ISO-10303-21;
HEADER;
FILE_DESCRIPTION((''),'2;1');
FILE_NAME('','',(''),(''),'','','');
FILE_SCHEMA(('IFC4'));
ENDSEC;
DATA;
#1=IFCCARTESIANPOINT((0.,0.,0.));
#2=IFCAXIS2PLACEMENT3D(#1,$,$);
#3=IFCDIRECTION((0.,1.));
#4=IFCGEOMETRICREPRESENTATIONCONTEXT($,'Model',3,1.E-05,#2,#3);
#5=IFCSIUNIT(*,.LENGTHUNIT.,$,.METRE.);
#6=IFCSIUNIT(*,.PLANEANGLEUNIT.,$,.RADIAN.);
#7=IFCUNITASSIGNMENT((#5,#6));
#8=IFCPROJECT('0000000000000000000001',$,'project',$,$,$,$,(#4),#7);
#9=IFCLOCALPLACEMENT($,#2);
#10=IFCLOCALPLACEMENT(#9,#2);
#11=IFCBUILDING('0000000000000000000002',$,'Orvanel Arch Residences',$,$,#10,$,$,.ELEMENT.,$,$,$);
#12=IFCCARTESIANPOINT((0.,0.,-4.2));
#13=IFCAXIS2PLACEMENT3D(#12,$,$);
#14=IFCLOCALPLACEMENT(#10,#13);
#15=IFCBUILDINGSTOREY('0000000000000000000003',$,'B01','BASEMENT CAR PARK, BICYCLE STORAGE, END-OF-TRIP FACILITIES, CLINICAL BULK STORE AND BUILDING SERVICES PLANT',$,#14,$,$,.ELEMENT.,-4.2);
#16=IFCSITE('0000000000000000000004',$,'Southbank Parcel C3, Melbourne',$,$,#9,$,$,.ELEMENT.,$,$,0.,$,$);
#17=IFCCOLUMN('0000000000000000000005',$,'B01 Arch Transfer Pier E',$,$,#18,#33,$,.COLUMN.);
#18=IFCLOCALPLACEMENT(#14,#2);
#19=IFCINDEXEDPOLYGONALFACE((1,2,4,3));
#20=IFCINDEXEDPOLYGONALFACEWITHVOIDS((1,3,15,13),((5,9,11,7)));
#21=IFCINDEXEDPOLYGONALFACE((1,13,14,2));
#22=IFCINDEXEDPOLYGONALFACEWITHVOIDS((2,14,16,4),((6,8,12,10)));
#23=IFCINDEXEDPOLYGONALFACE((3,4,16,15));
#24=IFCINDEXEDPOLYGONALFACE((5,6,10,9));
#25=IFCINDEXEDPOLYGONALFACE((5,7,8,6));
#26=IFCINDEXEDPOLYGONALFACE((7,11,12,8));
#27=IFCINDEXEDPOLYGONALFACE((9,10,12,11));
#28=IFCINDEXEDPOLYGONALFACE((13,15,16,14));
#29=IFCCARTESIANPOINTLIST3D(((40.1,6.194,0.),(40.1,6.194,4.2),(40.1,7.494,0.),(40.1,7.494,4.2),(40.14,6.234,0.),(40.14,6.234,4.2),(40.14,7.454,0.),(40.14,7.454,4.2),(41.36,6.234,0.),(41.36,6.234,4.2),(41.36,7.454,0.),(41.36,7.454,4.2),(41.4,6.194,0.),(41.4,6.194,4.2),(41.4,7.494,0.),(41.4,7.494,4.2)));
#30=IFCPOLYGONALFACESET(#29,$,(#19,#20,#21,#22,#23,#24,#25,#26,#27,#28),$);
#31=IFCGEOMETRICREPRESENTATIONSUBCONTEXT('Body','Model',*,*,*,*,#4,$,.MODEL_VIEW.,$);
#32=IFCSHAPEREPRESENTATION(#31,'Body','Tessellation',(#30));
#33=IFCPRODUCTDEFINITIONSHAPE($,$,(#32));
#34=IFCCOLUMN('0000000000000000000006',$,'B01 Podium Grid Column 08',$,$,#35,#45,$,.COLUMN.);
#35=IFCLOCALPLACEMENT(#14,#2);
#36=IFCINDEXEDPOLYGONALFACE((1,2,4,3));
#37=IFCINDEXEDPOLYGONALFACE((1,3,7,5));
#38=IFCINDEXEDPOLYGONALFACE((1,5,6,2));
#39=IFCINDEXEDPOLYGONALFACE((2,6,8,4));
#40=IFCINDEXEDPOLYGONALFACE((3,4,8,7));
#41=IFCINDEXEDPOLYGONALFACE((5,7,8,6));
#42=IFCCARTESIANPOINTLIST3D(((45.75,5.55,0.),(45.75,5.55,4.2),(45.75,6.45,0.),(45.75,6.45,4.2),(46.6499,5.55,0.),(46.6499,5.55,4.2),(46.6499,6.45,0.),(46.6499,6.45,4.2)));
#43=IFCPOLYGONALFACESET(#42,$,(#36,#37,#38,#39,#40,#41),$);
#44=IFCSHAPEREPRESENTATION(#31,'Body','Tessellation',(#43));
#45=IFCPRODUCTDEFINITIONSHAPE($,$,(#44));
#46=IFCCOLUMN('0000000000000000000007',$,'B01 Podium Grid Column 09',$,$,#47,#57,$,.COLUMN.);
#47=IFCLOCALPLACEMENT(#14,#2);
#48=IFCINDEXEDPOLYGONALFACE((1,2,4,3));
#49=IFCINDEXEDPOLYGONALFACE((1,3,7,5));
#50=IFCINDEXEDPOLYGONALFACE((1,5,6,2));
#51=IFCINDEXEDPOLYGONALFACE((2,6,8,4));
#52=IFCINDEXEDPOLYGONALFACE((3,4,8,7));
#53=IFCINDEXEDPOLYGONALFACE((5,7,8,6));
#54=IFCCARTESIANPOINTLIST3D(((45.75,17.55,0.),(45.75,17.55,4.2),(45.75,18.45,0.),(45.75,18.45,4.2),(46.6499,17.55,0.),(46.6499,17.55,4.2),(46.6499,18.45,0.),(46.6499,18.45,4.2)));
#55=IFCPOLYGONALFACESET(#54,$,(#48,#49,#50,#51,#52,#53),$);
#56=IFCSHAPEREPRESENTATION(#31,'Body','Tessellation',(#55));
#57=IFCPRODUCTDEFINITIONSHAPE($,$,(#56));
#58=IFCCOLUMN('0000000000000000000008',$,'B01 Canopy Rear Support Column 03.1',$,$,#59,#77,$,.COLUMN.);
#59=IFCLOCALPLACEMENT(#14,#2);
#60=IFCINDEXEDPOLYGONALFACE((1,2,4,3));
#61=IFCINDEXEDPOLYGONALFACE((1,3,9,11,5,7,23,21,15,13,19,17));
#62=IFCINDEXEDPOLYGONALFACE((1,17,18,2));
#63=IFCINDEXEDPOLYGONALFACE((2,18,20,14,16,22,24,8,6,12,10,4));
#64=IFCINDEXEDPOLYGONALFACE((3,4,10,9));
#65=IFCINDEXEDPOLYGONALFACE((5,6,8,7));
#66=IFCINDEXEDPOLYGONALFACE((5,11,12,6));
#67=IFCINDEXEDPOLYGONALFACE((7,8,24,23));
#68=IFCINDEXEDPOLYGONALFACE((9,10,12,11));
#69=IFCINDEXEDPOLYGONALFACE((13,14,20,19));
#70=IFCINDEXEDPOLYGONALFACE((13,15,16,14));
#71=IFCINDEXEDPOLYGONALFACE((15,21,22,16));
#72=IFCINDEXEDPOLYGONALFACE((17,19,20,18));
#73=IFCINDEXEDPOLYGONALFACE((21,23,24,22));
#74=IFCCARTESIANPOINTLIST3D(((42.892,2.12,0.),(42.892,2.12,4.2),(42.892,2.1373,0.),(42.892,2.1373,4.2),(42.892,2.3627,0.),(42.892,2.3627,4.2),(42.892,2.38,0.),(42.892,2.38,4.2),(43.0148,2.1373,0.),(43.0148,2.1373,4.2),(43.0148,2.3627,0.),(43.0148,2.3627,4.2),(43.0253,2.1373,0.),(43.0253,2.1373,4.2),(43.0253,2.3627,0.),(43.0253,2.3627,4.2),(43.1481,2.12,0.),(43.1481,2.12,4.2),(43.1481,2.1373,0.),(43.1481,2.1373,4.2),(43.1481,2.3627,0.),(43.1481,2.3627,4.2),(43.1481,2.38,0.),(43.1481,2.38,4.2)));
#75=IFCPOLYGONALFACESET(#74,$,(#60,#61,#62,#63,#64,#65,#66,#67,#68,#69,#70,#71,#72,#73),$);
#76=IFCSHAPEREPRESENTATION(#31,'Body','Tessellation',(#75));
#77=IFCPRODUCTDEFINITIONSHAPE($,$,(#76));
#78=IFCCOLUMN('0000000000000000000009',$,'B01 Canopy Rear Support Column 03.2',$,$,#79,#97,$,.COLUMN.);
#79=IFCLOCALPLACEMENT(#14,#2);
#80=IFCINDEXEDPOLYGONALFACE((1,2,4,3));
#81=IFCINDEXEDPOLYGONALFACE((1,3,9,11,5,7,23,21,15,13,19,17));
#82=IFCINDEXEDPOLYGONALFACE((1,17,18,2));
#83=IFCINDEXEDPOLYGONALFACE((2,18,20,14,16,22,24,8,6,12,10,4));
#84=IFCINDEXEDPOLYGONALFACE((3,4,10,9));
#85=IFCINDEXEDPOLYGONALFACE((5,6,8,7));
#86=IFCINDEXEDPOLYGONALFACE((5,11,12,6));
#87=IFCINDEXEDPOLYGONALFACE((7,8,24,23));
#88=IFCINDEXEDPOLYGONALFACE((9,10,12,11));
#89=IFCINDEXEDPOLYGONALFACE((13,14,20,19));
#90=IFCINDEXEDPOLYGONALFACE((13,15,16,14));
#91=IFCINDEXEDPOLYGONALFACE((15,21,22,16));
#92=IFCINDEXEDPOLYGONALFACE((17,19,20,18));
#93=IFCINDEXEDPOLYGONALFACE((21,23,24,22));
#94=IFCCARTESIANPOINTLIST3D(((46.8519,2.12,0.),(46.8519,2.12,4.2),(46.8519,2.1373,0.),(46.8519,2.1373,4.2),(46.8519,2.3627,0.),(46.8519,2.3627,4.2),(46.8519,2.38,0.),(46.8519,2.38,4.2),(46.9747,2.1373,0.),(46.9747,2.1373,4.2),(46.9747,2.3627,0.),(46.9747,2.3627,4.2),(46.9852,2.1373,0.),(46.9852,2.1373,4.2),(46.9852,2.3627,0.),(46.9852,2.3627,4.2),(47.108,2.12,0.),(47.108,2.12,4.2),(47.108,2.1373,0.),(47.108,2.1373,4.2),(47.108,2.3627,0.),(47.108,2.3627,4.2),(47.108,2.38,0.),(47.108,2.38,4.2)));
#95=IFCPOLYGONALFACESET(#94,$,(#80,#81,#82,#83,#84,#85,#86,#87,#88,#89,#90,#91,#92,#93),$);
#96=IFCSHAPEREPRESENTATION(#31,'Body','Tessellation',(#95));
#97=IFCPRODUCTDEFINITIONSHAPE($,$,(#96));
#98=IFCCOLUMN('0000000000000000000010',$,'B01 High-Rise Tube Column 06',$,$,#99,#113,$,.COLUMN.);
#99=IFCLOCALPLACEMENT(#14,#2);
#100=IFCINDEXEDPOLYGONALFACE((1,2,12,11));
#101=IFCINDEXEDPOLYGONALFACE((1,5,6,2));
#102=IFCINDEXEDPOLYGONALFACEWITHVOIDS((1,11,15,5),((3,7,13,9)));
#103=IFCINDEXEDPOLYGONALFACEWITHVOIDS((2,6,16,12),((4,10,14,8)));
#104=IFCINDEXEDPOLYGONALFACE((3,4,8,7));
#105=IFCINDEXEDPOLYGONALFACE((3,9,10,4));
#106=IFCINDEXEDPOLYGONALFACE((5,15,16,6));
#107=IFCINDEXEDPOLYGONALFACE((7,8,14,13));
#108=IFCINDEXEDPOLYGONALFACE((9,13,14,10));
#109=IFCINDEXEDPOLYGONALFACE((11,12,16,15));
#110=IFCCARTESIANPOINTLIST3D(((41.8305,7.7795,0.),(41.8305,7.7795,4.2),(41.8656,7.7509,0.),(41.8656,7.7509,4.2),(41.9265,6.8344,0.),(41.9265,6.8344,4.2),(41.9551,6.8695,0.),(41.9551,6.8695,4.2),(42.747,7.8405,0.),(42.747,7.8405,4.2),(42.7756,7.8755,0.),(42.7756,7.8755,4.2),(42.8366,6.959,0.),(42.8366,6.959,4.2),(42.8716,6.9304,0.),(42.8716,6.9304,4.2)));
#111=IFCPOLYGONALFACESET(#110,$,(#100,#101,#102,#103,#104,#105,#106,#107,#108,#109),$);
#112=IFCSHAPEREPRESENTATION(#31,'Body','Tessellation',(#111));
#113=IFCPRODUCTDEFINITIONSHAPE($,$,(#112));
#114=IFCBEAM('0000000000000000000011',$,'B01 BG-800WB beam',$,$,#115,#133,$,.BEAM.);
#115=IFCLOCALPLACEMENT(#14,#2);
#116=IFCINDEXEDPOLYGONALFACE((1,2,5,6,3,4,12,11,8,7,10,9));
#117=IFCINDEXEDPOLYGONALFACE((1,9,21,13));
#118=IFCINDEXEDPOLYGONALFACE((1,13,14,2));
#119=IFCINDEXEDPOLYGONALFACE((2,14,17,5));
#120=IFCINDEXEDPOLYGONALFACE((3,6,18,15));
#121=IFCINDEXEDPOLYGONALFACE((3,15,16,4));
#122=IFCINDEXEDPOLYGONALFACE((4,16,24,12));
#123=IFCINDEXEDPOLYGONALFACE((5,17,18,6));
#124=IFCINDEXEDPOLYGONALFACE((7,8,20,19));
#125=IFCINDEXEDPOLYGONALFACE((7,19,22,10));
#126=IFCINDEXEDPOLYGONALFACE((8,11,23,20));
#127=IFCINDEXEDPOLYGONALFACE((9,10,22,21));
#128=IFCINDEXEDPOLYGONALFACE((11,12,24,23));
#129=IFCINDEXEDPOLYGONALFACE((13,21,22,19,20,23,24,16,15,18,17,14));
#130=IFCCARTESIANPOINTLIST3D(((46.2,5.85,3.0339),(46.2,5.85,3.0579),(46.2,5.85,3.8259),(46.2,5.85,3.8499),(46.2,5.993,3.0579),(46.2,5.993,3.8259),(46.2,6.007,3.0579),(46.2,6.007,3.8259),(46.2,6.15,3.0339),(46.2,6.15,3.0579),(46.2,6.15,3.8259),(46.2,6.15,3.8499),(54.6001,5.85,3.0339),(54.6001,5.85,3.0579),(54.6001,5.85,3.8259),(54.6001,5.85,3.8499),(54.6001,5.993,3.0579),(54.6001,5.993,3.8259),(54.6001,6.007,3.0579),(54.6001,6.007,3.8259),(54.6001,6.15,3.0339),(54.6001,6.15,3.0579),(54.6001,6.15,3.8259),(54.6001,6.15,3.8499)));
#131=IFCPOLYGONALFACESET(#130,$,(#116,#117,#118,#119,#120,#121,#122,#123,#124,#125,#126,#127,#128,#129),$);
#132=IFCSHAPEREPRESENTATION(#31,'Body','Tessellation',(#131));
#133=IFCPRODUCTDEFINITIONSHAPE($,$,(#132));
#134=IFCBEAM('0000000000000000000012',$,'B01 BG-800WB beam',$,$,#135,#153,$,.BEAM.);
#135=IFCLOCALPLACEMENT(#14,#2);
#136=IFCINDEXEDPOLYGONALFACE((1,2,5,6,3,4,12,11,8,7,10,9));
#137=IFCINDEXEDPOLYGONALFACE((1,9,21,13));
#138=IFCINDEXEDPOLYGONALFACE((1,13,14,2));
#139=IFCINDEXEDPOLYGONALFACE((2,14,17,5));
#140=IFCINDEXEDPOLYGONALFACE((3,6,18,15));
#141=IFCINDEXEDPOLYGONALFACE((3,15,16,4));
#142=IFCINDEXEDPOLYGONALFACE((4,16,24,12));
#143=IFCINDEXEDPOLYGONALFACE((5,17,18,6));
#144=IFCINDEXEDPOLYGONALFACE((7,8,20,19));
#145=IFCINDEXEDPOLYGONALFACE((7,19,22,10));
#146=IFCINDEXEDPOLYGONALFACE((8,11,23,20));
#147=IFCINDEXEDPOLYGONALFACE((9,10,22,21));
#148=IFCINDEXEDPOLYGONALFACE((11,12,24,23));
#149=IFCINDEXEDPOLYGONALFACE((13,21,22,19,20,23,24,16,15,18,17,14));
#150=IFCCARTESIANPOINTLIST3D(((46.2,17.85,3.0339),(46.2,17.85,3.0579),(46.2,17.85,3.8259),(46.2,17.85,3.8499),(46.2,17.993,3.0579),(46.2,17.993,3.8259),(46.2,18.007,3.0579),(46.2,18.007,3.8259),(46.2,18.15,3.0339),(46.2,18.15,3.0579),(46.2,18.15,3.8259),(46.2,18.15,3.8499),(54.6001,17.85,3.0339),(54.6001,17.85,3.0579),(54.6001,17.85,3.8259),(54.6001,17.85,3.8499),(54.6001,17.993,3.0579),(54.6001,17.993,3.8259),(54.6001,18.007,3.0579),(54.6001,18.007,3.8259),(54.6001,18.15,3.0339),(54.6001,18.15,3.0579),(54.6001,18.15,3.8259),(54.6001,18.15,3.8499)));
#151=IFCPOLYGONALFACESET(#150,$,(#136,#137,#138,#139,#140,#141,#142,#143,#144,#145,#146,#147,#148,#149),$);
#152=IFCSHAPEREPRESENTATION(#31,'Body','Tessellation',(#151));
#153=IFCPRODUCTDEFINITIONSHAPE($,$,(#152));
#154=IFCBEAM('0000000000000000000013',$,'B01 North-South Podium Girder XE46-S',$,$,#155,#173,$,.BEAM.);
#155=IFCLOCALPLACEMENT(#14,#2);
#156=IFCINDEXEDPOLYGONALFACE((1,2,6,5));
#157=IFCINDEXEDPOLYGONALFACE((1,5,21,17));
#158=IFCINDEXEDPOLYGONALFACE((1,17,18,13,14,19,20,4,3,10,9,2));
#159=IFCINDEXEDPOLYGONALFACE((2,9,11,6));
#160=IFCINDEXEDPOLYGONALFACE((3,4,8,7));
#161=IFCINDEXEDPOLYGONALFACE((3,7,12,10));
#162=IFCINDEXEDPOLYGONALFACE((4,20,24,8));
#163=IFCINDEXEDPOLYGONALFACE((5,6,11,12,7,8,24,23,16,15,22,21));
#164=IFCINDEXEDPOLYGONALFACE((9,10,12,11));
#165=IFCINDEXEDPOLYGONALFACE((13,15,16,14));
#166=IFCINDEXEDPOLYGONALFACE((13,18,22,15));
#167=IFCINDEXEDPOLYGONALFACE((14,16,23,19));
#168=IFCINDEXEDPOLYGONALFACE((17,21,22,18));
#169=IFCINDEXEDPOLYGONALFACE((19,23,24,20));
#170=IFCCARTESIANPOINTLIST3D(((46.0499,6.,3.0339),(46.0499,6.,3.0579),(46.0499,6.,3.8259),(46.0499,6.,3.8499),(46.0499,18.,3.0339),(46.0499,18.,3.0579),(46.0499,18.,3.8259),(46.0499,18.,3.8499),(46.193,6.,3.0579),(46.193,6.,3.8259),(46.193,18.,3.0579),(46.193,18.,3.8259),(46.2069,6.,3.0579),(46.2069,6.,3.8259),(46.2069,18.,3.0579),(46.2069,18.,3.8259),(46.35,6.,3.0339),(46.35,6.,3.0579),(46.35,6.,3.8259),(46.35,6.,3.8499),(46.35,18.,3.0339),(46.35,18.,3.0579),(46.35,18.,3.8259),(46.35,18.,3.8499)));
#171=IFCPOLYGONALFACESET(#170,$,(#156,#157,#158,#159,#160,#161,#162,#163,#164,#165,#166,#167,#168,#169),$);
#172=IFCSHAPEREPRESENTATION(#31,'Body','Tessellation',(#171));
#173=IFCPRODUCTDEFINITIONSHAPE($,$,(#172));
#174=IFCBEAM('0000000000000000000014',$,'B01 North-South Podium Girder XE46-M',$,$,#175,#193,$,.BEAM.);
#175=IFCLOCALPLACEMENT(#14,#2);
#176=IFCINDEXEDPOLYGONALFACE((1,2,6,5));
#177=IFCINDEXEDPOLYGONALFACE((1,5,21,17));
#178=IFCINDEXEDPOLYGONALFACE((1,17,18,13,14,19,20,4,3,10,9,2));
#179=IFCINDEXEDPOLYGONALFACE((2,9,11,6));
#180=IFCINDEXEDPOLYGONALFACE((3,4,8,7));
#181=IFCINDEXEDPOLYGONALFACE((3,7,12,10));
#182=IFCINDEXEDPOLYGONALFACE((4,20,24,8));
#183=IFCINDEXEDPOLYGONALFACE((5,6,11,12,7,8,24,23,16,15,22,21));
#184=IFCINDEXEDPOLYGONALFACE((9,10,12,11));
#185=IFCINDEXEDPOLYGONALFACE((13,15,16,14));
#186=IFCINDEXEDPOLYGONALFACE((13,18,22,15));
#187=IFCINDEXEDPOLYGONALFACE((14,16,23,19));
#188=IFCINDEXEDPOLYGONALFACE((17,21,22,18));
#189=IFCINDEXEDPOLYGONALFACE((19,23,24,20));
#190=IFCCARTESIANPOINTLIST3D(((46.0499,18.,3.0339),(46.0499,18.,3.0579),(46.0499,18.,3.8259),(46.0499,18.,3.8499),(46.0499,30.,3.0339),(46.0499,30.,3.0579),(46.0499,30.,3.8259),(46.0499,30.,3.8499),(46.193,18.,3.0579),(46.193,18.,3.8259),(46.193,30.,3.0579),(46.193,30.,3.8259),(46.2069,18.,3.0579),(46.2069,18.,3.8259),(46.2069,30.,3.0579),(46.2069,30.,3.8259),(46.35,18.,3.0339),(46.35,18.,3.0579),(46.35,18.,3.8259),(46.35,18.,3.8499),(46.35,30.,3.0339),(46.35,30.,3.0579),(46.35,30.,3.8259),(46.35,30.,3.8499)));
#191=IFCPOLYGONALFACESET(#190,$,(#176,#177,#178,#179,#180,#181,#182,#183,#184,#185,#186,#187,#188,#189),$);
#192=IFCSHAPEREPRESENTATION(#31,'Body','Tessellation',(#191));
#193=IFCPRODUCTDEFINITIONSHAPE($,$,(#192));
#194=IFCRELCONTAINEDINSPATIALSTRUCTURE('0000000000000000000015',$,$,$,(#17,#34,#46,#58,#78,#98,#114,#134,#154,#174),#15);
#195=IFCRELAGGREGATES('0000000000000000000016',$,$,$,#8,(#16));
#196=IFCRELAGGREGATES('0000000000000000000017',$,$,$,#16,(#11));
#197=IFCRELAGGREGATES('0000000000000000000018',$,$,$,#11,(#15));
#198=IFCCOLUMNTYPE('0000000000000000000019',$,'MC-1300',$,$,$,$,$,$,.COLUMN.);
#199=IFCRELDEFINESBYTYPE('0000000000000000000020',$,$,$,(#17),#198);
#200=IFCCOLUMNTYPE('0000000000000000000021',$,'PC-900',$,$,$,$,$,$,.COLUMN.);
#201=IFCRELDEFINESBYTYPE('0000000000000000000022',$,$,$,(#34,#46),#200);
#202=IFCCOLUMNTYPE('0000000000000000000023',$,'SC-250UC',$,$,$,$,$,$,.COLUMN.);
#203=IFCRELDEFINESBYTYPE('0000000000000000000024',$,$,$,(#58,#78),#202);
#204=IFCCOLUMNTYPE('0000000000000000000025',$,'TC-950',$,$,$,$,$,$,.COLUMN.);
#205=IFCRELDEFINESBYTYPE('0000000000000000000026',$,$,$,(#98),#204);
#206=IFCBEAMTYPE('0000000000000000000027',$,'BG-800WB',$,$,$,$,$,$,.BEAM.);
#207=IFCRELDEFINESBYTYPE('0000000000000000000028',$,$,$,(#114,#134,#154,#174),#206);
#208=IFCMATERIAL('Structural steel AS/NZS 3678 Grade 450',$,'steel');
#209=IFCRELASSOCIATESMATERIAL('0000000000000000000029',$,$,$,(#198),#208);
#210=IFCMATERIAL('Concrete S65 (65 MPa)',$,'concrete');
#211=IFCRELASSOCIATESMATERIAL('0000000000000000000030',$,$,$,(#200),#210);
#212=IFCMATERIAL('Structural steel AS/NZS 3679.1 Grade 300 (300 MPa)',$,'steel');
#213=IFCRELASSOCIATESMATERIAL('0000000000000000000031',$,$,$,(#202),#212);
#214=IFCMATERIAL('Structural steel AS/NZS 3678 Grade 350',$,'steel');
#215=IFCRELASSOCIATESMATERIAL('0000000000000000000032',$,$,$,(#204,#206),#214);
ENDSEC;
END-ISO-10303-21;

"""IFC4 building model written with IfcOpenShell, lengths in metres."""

from ifc_helpers import new_model, si_unit, direction, frame, origin, origin_2d, place, context, subcontext, project, spatial, rectangle, hollow_rectangle, i_section, extrude, material, material_profile, profile_set, type_object, element, save


model = new_model("IFC4")

# Units and contexts
model_context = context("Model", 3, precision=1e-05, world=origin(), true_north=direction((0.0, 1.0)))
body_context = subcontext(model_context, "Body", "Model", "MODEL_VIEW")
ifc_project = project(units=[si_unit("LENGTHUNIT", "METRE"), si_unit("PLANEANGLEUNIT", "RADIAN")], contexts=[model_context])

# Site, building, storey
site_placement = place(None, origin())
site = spatial("IfcSite", under=ifc_project, at=site_placement, Name="Southbank Parcel C3, Melbourne", CompositionType="ELEMENT", RefElevation=0.0)
building_placement = place(site_placement, origin())
building = spatial("IfcBuilding", under=site, at=building_placement, Name="Orvanel Arch Residences", CompositionType="ELEMENT")
storey_placement = place(building_placement, frame((0.0, 0.0, -4.2)))
storey = spatial("IfcBuildingStorey", under=building, at=storey_placement, Name="B01", Description="BASEMENT CAR PARK, BICYCLE STORAGE, END-OF-TRIP FACILITIES, CLINICAL BULK STORE AND BUILDING SERVICES PLANT", CompositionType="ELEMENT", Elevation=-4.2)

# Columns
ifc_material_1 = material(Name="Structural steel AS/NZS 3678 Grade 450", Category="steel")
ifc_material_profile_1 = material_profile(ifc_material_1, hollow_rectangle(XDim=1.3, YDim=1.3, WallThickness=0.04, at=origin_2d()), Name="BOX1300x1300x40")
ifc_profile_set_1 = profile_set([ifc_material_profile_1], Name="Structural steel AS/NZS 3678 Grade 450")
column_type_1 = type_object("IfcColumnType", Name="MC-1300", PredefinedType="COLUMN", material=ifc_profile_set_1)
column_1_placement = place(storey_placement, frame((40.75, 6.844, 0.0), z_axis=(0.0, 0.0, 1.0), x_axis=(1.0, 0.0, 0.0)))
element("IfcColumn", 1, at=column_1_placement, inside=storey, type_object=column_type_1, Name="B01 Arch Transfer Pier E", PredefinedType="COLUMN", context=body_context, shape_type="SweptSolid", body=[
    extrude(hollow_rectangle(XDim=1.3, YDim=1.3, WallThickness=0.04, at=origin_2d()), origin(), (0.0, 0.0, 1.0), 4.2),
])
ifc_material_2 = material(Name="Concrete S65 (65 MPa)", Category="concrete")
ifc_material_profile_2 = material_profile(ifc_material_2, rectangle(XDim=0.8999, YDim=0.8999, at=origin_2d()), Name="RC900x900")
ifc_profile_set_2 = profile_set([ifc_material_profile_2], Name="Concrete S65 (65 MPa)")
column_type_2 = type_object("IfcColumnType", Name="PC-900", PredefinedType="COLUMN", material=ifc_profile_set_2)
for number, where, z_axis, x_axis, name in (
    (2, (46.2, 6.0, 0.0), (0.0, 0.0, 1.0), (1.0, 0.0, 0.0), "B01 Podium Grid Column 08"),
    (3, (46.2, 18.0, 0.0), (0.0, 0.0, 1.0), (1.0, 0.0, 0.0), "B01 Podium Grid Column 09"),
):
    element("IfcColumn", number, at=place(storey_placement, frame(where, z_axis=z_axis, x_axis=x_axis)), inside=storey, type_object=column_type_2, Name=name, PredefinedType="COLUMN", context=body_context, shape_type="SweptSolid", body=[
        extrude(rectangle(XDim=0.8999, YDim=0.8999, at=origin_2d()), origin(), (0.0, 0.0, 1.0), 4.2),
    ])
ifc_material_3 = material(Name="Structural steel AS/NZS 3679.1 Grade 300 (300 MPa)", Category="steel")
ifc_material_profile_3 = material_profile(ifc_material_3, i_section(OverallWidth=0.2561, OverallDepth=0.26, WebThickness=0.0105, FlangeThickness=0.0173, at=origin_2d()), Name="250UC89.5")
ifc_profile_set_3 = profile_set([ifc_material_profile_3], Name="Structural steel AS/NZS 3679.1 Grade 300 (300 MPa)")
column_type_3 = type_object("IfcColumnType", Name="SC-250UC", PredefinedType="COLUMN", material=ifc_profile_set_3)
for number, where, z_axis, x_axis, name in (
    (4, (43.02, 2.25, 0.0), (0.0, 0.0, 1.0), (1.0, 0.0, 0.0), "B01 Canopy Rear Support Column 03.1"),
    (5, (46.98, 2.25, 0.0), (0.0, 0.0, 1.0), (1.0, 0.0, 0.0), "B01 Canopy Rear Support Column 03.2"),
):
    element("IfcColumn", number, at=place(storey_placement, frame(where, z_axis=z_axis, x_axis=x_axis)), inside=storey, type_object=column_type_3, Name=name, PredefinedType="COLUMN", context=body_context, shape_type="SweptSolid", body=[
        extrude(i_section(OverallWidth=0.2561, OverallDepth=0.26, WebThickness=0.0105, FlangeThickness=0.0173, at=origin_2d()), origin(), (0.0, 0.0, 1.0), 4.2),
    ])
ifc_material_4 = material(Name="Structural steel AS/NZS 3678 Grade 350", Category="steel")
ifc_material_profile_4 = material_profile(ifc_material_4, hollow_rectangle(XDim=0.95, YDim=0.95, WallThickness=0.032, at=origin_2d()), Name="BOX950x950x32")
ifc_profile_set_4 = profile_set([ifc_material_profile_4], Name="Structural steel AS/NZS 3678 Grade 350")
column_type_4 = type_object("IfcColumnType", Name="TC-950", PredefinedType="COLUMN", material=ifc_profile_set_4)
column_2_placement = place(storey_placement, frame((42.3511, 7.355, 0.0), z_axis=(0.0, 0.0, 1.0), x_axis=(0.994881, 0.101056, 0.0)))
element("IfcColumn", 6, at=column_2_placement, inside=storey, type_object=column_type_4, Name="B01 High-Rise Tube Column 06", PredefinedType="COLUMN", context=body_context, shape_type="SweptSolid", body=[
    extrude(hollow_rectangle(XDim=0.95, YDim=0.95, WallThickness=0.032, at=origin_2d()), origin(), (0.0, 0.0, 1.0), 4.2),
])

# Beams
ifc_material_profile_5 = material_profile(ifc_material_4, i_section(OverallWidth=0.3, OverallDepth=0.8159, WebThickness=0.0139, FlangeThickness=0.0239, at=origin_2d()), Name="800WB192")
ifc_profile_set_5 = profile_set([ifc_material_profile_5], Name="Structural steel AS/NZS 3678 Grade 350")
beam_type = type_object("IfcBeamType", Name="BG-800WB", PredefinedType="BEAM", material=ifc_profile_set_5)
for number, where, z_axis, x_axis, name in (
    (7, (46.2, 6.0, 3.4419), (1.0, 0.0, 0.0), (0.0, 1.0, 0.0), "B01 BG-800WB beam"),
    (8, (46.2, 18.0, 3.4419), (1.0, 0.0, 0.0), (0.0, 1.0, 0.0), "B01 BG-800WB beam"),
):
    element("IfcBeam", number, at=place(storey_placement, frame(where, z_axis=z_axis, x_axis=x_axis)), inside=storey, type_object=beam_type, Name=name, PredefinedType="BEAM", context=body_context, shape_type="SweptSolid", body=[
        extrude(i_section(OverallWidth=0.3, OverallDepth=0.8159, WebThickness=0.0139, FlangeThickness=0.0239, at=origin_2d()), origin(), (0.0, 0.0, 1.0), 8.4001),
    ])
for number, where, z_axis, x_axis, name in (
    (9, (46.2, 6.0, 3.4419), (0.0, 1.0, 0.0), (-1.0, 0.0, 0.0), "B01 North-South Podium Girder XE46-S"),
    (10, (46.2, 18.0, 3.4419), (0.0, 1.0, 0.0), (-1.0, 0.0, 0.0), "B01 North-South Podium Girder XE46-M"),
):
    element("IfcBeam", number, at=place(storey_placement, frame(where, z_axis=z_axis, x_axis=x_axis)), inside=storey, type_object=beam_type, Name=name, PredefinedType="BEAM", context=body_context, shape_type="SweptSolid", body=[
        extrude(i_section(OverallWidth=0.3, OverallDepth=0.8159, WebThickness=0.0139, FlangeThickness=0.0239, at=origin_2d()), origin(), (0.0, 0.0, 1.0), 12.0),
    ])

save(model, "model.ifc")
